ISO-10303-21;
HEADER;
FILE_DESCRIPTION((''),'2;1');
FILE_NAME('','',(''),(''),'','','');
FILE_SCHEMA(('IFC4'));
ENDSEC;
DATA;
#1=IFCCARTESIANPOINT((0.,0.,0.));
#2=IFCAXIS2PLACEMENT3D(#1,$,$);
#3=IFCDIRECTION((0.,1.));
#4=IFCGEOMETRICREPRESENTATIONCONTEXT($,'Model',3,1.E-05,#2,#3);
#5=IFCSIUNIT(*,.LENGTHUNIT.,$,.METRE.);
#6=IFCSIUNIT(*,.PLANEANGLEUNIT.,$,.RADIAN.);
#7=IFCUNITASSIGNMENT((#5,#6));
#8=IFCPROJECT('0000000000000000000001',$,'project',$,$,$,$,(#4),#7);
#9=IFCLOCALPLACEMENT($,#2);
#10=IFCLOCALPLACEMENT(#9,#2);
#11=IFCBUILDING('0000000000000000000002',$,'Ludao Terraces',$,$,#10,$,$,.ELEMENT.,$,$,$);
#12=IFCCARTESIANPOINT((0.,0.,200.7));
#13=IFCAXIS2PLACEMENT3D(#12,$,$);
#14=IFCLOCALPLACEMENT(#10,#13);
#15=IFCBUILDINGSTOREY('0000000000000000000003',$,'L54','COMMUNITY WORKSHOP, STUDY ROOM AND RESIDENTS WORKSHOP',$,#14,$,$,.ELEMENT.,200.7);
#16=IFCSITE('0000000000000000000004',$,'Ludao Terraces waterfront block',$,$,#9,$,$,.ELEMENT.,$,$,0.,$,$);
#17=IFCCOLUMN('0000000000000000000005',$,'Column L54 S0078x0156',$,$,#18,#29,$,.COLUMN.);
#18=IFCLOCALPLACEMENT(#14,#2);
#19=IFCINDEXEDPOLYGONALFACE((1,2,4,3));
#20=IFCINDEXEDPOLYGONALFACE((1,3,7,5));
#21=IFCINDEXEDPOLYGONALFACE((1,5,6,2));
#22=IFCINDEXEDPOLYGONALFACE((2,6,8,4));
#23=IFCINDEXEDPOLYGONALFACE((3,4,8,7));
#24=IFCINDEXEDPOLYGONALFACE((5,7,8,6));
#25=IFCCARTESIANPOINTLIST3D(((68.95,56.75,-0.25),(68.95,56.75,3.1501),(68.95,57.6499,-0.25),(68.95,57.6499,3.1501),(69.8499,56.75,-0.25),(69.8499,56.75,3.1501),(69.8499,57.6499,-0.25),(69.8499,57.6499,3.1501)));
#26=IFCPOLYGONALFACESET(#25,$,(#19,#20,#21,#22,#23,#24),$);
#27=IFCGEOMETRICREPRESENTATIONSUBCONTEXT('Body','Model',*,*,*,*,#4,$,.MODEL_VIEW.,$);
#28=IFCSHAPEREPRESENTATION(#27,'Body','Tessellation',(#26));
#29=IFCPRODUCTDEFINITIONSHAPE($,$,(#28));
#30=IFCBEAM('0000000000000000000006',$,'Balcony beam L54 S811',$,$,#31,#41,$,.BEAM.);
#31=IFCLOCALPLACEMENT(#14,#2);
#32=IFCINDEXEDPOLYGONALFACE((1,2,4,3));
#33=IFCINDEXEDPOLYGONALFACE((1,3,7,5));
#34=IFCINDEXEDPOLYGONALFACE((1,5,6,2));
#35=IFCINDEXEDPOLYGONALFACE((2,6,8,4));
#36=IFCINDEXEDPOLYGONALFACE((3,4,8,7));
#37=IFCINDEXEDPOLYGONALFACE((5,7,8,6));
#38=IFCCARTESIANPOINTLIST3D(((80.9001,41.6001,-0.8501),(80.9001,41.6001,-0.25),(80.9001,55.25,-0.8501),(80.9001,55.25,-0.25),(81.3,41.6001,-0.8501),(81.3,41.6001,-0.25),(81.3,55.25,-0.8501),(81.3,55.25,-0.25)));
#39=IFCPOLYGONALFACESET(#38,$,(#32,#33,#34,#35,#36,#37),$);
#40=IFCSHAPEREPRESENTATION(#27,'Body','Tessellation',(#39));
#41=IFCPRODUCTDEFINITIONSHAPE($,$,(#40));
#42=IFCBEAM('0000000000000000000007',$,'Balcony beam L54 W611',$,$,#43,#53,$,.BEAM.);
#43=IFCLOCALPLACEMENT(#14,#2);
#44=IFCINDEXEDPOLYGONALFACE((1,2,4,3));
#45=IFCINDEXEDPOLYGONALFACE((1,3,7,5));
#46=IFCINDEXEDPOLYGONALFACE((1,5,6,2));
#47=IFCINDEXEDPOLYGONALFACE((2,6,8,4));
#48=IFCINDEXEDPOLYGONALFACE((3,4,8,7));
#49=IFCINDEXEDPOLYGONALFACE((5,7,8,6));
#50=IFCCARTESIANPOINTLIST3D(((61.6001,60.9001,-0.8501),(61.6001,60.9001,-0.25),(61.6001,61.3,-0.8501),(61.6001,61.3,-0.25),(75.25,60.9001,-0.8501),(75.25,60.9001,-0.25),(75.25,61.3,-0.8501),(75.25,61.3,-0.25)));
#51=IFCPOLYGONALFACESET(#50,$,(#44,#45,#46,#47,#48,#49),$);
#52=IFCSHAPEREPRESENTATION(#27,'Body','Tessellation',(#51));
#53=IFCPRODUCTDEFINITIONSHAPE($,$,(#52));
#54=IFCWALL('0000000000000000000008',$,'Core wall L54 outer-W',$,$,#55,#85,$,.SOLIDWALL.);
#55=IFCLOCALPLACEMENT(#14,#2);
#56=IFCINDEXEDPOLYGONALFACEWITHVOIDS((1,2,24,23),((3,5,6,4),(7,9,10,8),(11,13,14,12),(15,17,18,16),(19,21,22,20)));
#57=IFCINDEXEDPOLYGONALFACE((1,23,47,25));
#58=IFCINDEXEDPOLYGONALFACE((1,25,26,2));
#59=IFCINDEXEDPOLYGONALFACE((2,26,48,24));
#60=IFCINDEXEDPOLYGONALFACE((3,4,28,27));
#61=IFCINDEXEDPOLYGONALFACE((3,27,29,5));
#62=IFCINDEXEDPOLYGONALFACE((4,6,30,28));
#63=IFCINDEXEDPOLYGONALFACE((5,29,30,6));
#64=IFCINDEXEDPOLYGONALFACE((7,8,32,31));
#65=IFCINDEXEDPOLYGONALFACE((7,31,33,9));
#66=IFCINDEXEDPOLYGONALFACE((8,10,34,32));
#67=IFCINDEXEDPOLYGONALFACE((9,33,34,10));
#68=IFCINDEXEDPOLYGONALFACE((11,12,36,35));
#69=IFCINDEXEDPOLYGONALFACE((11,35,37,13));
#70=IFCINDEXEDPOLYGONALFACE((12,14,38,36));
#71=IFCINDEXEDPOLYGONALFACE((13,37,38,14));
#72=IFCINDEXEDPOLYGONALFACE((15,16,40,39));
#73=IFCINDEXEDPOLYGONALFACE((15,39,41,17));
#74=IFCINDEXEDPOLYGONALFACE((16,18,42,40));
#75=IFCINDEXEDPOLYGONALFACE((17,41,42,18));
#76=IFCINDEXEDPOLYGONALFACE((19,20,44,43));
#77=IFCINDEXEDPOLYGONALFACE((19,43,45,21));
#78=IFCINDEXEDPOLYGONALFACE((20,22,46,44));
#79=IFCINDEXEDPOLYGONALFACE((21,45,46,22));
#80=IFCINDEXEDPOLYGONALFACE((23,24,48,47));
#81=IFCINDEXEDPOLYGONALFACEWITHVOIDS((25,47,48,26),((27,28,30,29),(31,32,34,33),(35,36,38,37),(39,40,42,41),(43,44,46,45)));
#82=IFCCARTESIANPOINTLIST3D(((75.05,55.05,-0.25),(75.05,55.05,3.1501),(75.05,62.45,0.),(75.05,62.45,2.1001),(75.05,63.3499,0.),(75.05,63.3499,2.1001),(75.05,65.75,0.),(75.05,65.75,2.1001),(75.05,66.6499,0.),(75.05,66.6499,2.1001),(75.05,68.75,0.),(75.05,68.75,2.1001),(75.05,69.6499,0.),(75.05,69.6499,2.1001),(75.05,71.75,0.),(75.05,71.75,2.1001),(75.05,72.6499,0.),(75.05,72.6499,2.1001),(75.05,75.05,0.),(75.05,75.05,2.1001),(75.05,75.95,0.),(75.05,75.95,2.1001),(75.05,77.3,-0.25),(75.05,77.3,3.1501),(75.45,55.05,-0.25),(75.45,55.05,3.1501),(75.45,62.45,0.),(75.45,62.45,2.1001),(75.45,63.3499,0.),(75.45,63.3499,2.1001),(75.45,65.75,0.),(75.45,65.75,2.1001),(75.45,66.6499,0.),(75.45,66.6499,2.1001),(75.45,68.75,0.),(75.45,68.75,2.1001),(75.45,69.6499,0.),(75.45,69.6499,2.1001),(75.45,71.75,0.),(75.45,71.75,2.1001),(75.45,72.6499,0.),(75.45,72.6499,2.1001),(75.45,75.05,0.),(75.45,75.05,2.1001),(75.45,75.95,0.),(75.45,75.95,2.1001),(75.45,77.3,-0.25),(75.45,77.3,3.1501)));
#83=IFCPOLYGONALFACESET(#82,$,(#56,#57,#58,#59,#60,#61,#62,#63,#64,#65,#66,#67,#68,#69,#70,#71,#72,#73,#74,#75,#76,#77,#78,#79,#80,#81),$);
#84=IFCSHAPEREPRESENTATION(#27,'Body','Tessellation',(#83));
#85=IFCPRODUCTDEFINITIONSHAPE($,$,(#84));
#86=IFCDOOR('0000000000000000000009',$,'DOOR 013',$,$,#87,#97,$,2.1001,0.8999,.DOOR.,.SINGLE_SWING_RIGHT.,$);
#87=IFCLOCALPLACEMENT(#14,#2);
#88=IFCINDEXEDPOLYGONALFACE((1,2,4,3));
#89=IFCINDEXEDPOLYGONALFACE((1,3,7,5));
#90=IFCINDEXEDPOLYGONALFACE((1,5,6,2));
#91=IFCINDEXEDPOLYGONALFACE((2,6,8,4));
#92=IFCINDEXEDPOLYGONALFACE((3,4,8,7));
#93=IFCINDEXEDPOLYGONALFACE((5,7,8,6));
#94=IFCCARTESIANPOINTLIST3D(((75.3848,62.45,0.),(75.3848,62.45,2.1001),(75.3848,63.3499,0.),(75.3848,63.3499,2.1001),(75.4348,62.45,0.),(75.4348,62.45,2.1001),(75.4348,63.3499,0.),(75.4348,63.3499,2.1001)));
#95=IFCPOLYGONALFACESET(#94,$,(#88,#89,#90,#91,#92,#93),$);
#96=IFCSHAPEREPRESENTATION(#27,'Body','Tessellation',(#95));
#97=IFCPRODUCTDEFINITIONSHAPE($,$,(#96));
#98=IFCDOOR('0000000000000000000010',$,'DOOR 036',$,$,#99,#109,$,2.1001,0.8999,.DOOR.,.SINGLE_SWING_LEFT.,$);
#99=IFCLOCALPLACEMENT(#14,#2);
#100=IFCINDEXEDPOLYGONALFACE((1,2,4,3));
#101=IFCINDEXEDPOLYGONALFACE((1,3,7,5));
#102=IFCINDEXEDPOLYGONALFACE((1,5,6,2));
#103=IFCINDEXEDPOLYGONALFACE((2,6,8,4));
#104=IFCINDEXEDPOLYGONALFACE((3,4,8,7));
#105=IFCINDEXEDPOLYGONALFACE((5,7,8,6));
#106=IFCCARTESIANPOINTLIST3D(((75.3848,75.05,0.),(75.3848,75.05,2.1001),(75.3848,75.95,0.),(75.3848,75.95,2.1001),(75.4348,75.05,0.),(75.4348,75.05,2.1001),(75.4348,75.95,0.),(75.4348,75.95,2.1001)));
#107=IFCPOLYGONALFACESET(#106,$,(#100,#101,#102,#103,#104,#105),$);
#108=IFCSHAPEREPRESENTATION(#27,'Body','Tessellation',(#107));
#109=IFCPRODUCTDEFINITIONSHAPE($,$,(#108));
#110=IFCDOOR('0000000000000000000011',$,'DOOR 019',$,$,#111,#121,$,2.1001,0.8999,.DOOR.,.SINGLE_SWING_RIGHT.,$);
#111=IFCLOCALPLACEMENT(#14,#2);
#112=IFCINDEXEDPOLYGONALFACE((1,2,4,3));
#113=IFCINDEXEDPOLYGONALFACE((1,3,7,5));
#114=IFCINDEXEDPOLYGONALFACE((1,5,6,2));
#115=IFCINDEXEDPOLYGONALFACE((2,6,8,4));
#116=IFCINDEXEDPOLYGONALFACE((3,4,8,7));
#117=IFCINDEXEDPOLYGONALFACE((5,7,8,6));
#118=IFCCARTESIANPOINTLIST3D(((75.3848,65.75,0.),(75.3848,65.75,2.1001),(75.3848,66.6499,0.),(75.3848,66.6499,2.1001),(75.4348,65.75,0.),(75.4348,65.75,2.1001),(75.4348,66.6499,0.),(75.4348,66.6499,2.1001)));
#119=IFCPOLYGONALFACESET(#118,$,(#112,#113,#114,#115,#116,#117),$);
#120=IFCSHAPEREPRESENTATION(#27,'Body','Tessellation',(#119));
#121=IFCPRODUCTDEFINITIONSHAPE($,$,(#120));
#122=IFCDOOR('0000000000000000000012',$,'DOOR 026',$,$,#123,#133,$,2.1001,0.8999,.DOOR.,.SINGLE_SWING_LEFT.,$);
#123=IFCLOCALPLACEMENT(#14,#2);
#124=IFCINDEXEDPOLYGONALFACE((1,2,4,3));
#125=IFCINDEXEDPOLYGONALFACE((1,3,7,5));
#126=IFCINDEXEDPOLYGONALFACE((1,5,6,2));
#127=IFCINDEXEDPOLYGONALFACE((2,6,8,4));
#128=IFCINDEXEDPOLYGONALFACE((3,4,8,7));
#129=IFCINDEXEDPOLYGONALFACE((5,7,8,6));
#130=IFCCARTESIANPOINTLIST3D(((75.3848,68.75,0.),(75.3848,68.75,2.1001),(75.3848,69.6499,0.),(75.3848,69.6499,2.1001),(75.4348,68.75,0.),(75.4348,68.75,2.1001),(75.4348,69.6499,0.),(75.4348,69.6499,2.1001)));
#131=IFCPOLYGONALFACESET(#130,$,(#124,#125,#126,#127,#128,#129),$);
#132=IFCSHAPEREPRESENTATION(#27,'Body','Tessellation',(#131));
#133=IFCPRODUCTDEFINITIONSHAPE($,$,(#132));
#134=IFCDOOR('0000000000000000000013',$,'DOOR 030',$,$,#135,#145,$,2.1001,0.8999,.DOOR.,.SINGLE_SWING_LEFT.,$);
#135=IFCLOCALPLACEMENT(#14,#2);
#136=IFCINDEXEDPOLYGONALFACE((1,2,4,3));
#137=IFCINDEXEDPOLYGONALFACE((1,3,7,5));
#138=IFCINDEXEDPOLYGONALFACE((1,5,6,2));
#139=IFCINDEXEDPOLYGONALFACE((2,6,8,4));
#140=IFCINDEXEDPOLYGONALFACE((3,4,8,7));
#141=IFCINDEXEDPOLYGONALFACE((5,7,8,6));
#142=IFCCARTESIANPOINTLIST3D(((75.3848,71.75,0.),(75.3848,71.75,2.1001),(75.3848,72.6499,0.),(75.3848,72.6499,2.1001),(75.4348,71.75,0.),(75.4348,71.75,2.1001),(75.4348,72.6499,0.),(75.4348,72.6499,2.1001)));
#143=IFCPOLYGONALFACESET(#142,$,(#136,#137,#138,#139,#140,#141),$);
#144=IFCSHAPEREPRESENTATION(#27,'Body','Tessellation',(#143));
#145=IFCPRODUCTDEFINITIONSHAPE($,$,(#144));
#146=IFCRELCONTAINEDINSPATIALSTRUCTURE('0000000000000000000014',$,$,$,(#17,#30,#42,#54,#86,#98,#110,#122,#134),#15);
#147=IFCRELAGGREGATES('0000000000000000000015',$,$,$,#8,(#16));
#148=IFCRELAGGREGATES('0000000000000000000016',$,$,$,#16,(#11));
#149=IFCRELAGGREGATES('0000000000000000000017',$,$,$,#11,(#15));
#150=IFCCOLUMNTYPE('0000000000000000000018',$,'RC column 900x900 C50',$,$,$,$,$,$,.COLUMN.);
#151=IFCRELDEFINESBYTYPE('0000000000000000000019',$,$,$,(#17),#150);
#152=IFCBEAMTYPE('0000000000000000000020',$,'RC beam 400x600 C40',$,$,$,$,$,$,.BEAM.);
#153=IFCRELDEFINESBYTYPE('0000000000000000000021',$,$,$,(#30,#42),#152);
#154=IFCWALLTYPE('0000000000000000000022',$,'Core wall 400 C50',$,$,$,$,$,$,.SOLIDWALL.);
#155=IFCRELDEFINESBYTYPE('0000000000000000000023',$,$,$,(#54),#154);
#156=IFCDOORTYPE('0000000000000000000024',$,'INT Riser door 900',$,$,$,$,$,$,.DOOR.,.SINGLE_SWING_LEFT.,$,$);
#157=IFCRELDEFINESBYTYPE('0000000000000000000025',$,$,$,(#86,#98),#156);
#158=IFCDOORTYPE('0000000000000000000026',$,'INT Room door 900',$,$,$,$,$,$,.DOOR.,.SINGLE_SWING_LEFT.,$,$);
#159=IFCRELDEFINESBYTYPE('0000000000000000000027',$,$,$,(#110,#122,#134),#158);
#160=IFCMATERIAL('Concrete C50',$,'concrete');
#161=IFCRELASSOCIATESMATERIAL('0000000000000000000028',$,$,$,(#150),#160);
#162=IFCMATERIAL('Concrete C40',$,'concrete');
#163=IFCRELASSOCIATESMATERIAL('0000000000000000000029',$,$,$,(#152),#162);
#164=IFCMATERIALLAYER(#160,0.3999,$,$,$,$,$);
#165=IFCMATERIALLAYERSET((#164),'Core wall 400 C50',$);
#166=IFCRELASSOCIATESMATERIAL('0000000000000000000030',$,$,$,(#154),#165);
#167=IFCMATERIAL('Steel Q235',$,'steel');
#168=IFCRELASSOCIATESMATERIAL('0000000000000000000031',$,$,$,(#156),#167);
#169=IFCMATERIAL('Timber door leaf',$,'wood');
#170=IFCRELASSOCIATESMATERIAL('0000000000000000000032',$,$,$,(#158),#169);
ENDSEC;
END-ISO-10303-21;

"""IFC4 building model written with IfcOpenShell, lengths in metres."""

from ifc_helpers import new_model, si_unit, direction, frame, frame_2d, origin, origin_2d, place, context, subcontext, project, spatial, rectangle, extrude, material, layer, layer_set, material_profile, profile_set, type_object, element, fill, save


model = new_model("IFC4")

# Units and contexts
model_context = context("Model", 3, precision=1e-05, world=origin(), true_north=direction((0.0, 1.0)))
body_context = subcontext(model_context, "Body", "Model", "MODEL_VIEW")
ifc_project = project(units=[si_unit("LENGTHUNIT", "METRE"), si_unit("PLANEANGLEUNIT", "RADIAN")], contexts=[model_context])

# Site, building, storey
site_placement = place(None, origin())
site = spatial("IfcSite", under=ifc_project, at=site_placement, Name="Ludao Terraces waterfront block", CompositionType="ELEMENT", RefElevation=0.0)
building_placement = place(site_placement, origin())
building = spatial("IfcBuilding", under=site, at=building_placement, Name="Ludao Terraces", CompositionType="ELEMENT")
storey_placement = place(building_placement, frame((0.0, 0.0, 200.7)))
storey = spatial("IfcBuildingStorey", under=building, at=storey_placement, Name="L54", Description="COMMUNITY WORKSHOP, STUDY ROOM AND RESIDENTS WORKSHOP", CompositionType="ELEMENT", Elevation=200.7)

# Column
ifc_material_1 = material(Name="Concrete C50", Category="concrete")
ifc_material_profile_1 = material_profile(ifc_material_1, rectangle(XDim=0.8999, YDim=0.8999, at=origin_2d()), Name="900 X 900")
ifc_profile_set_1 = profile_set([ifc_material_profile_1], Name="Concrete C50")
column_type = type_object("IfcColumnType", Name="RC column 900x900 C50", PredefinedType="COLUMN", material=ifc_profile_set_1)
column_placement = place(storey_placement, frame((69.3999, 57.2, -0.25), z_axis=(0.0, 0.0, 1.0), x_axis=(1.0, 0.0, 0.0)))
element("IfcColumn", 1, at=column_placement, inside=storey, type_object=column_type, Name="Column L54 S0078x0156", PredefinedType="COLUMN", context=body_context, shape_type="SweptSolid", body=[
    extrude(rectangle(XDim=0.8999, YDim=0.8999, at=origin_2d()), origin(), (0.0, 0.0, 1.0), 3.4001),
])

# Beams
ifc_material_2 = material(Name="Concrete C40", Category="concrete")
ifc_material_profile_2 = material_profile(ifc_material_2, rectangle(XDim=0.3999, YDim=0.6001, at=origin_2d()), Name="400 X 600")
ifc_profile_set_2 = profile_set([ifc_material_profile_2], Name="Concrete C40")
beam_type = type_object("IfcBeamType", Name="RC beam 400x600 C40", PredefinedType="BEAM", material=ifc_profile_set_2)
for number, where, z_axis, x_axis, name in (
    (2, (81.1001, 55.25, -0.55), (0.0, -1.0, 0.0), (1.0, 0.0, 0.0), "Balcony beam L54 S811"),
    (3, (75.25, 61.1001, -0.55), (-1.0, 0.0, 0.0), (0.0, -1.0, 0.0), "Balcony beam L54 W611"),
):
    element("IfcBeam", number, at=place(storey_placement, frame(where, z_axis=z_axis, x_axis=x_axis)), inside=storey, type_object=beam_type, Name=name, PredefinedType="BEAM", context=body_context, shape_type="SweptSolid", body=[
        extrude(rectangle(XDim=0.3999, YDim=0.6001, at=origin_2d()), origin(), (0.0, 0.0, 1.0), 13.6499),
    ])

# Wall, openings, doors
ifc_layer_1 = layer(ifc_material_1, 0.3999)
ifc_layer_set_1 = layer_set([ifc_layer_1], Name="Core wall 400 C50")
wall_type_1 = type_object("IfcWallType", Name="Core wall 400 C50", PredefinedType="SOLIDWALL", material=ifc_layer_set_1)
wall_1_placement = place(storey_placement, frame((75.25, 55.05, -0.25), z_axis=(0.0, 0.0, 1.0), x_axis=(0.0, 1.0, 0.0)))
wall_1 = element("IfcWall", 4, at=wall_1_placement, inside=storey, type_object=wall_type_1, Name="Core wall L54 outer-W", PredefinedType="SOLIDWALL", context=body_context, shape_type="SweptSolid", body=[
    extrude(rectangle(XDim=22.25, YDim=0.3999, at=frame_2d((11.125, 0.0))), origin(), (0.0, 0.0, 1.0), 3.4001),
])
opening_1_placement = place(wall_1_placement, frame((7.3999, 0.0, 0.25)))
opening_1 = element("IfcOpeningElement", 5, at=opening_1_placement, cuts=wall_1, PredefinedType="OPENING", context=body_context, shape_type="SweptSolid", body=[
    extrude(rectangle(XDim=0.8999, YDim=2.1001, at=frame_2d((0.45, 1.05))), frame((0.0, 0.21, 0.0), z_axis=(0.0, -1.0, 0.0), x_axis=(1.0, 0.0, 0.0)), (0.0, 0.0, 1.0), 0.4199),
])
opening_2_placement = place(wall_1_placement, frame((10.7, 0.0, 0.25)))
opening_2 = element("IfcOpeningElement", 6, at=opening_2_placement, cuts=wall_1, PredefinedType="OPENING", context=body_context, shape_type="SweptSolid", body=[
    extrude(rectangle(XDim=0.8999, YDim=2.1001, at=frame_2d((0.45, 1.05))), frame((0.0, 0.21, 0.0), z_axis=(0.0, -1.0, 0.0), x_axis=(1.0, 0.0, 0.0)), (0.0, 0.0, 1.0), 0.4199),
])
opening_3_placement = place(wall_1_placement, frame((13.7, 0.0, 0.25)))
opening_3 = element("IfcOpeningElement", 7, at=opening_3_placement, cuts=wall_1, PredefinedType="OPENING", context=body_context, shape_type="SweptSolid", body=[
    extrude(rectangle(XDim=0.8999, YDim=2.1001, at=frame_2d((0.45, 1.05))), frame((0.0, 0.21, 0.0), z_axis=(0.0, -1.0, 0.0), x_axis=(1.0, 0.0, 0.0)), (0.0, 0.0, 1.0), 0.4199),
])
opening_4_placement = place(wall_1_placement, frame((16.7, 0.0, 0.25)))
opening_4 = element("IfcOpeningElement", 8, at=opening_4_placement, cuts=wall_1, PredefinedType="OPENING", context=body_context, shape_type="SweptSolid", body=[
    extrude(rectangle(XDim=0.8999, YDim=2.1001, at=frame_2d((0.45, 1.05))), frame((0.0, 0.21, 0.0), z_axis=(0.0, -1.0, 0.0), x_axis=(1.0, 0.0, 0.0)), (0.0, 0.0, 1.0), 0.4199),
])
opening_5_placement = place(wall_1_placement, frame((20.0, 0.0, 0.25)))
opening_5 = element("IfcOpeningElement", 9, at=opening_5_placement, cuts=wall_1, PredefinedType="OPENING", context=body_context, shape_type="SweptSolid", body=[
    extrude(rectangle(XDim=0.8999, YDim=2.1001, at=frame_2d((0.45, 1.05))), frame((0.0, 0.21, 0.0), z_axis=(0.0, -1.0, 0.0), x_axis=(1.0, 0.0, 0.0)), (0.0, 0.0, 1.0), 0.4199),
])
ifc_material_3 = material(Name="Steel Q235", Category="steel")
door_type_1 = type_object("IfcDoorType", Name="INT Riser door 900", OperationType="SINGLE_SWING_LEFT", PredefinedType="DOOR", material=ifc_material_3)
door_1_placement = place(opening_1_placement, origin())
door_1 = element("IfcDoor", 10, at=door_1_placement, inside=storey, type_object=door_type_1, Name="DOOR 013", OperationType="SINGLE_SWING_RIGHT", OverallHeight=2.1001, OverallWidth=0.8999, PredefinedType="DOOR", context=body_context, shape_type="SweptSolid", body=[
    extrude(rectangle(XDim=0.8999, YDim=2.1001, at=frame_2d((0.45, 1.05))), frame((0.0, -0.1348, 0.0), z_axis=(0.0, -1.0, 0.0), x_axis=(1.0, 0.0, 0.0)), (0.0, 0.0, 1.0), 0.05),
])
fill(opening_1, door_1)
door_2_placement = place(opening_5_placement, origin())
door_2 = element("IfcDoor", 11, at=door_2_placement, inside=storey, type_object=door_type_1, Name="DOOR 036", OperationType="SINGLE_SWING_LEFT", OverallHeight=2.1001, OverallWidth=0.8999, PredefinedType="DOOR", context=body_context, shape_type="SweptSolid", body=[
    extrude(rectangle(XDim=0.8999, YDim=2.1001, at=frame_2d((0.45, 1.05))), frame((0.0, -0.1348, 0.0), z_axis=(0.0, -1.0, 0.0), x_axis=(1.0, 0.0, 0.0)), (0.0, 0.0, 1.0), 0.05),
])
fill(opening_5, door_2)
ifc_material_4 = material(Name="Timber door leaf", Category="wood")
door_type_2 = type_object("IfcDoorType", Name="INT Room door 900", OperationType="SINGLE_SWING_LEFT", PredefinedType="DOOR", material=ifc_material_4)
door_3_placement = place(opening_2_placement, origin())
door_3 = element("IfcDoor", 12, at=door_3_placement, inside=storey, type_object=door_type_2, Name="DOOR 019", OperationType="SINGLE_SWING_RIGHT", OverallHeight=2.1001, OverallWidth=0.8999, PredefinedType="DOOR", context=body_context, shape_type="SweptSolid", body=[
    extrude(rectangle(XDim=0.8999, YDim=2.1001, at=frame_2d((0.45, 1.05))), frame((0.0, -0.1348, 0.0), z_axis=(0.0, -1.0, 0.0), x_axis=(1.0, 0.0, 0.0)), (0.0, 0.0, 1.0), 0.05),
])
fill(opening_2, door_3)
door_4_placement = place(opening_3_placement, origin())
door_4 = element("IfcDoor", 13, at=door_4_placement, inside=storey, type_object=door_type_2, Name="DOOR 026", OperationType="SINGLE_SWING_LEFT", OverallHeight=2.1001, OverallWidth=0.8999, PredefinedType="DOOR", context=body_context, shape_type="SweptSolid", body=[
    extrude(rectangle(XDim=0.8999, YDim=2.1001, at=frame_2d((0.45, 1.05))), frame((0.0, -0.1348, 0.0), z_axis=(0.0, -1.0, 0.0), x_axis=(1.0, 0.0, 0.0)), (0.0, 0.0, 1.0), 0.05),
])
fill(opening_3, door_4)
door_5_placement = place(opening_4_placement, origin())
door_5 = element("IfcDoor", 14, at=door_5_placement, inside=storey, type_object=door_type_2, Name="DOOR 030", OperationType="SINGLE_SWING_LEFT", OverallHeight=2.1001, OverallWidth=0.8999, PredefinedType="DOOR", context=body_context, shape_type="SweptSolid", body=[
    extrude(rectangle(XDim=0.8999, YDim=2.1001, at=frame_2d((0.45, 1.05))), frame((0.0, -0.1348, 0.0), z_axis=(0.0, -1.0, 0.0), x_axis=(1.0, 0.0, 0.0)), (0.0, 0.0, 1.0), 0.05),
])
fill(opening_4, door_5)

save(model, "model.ifc")
